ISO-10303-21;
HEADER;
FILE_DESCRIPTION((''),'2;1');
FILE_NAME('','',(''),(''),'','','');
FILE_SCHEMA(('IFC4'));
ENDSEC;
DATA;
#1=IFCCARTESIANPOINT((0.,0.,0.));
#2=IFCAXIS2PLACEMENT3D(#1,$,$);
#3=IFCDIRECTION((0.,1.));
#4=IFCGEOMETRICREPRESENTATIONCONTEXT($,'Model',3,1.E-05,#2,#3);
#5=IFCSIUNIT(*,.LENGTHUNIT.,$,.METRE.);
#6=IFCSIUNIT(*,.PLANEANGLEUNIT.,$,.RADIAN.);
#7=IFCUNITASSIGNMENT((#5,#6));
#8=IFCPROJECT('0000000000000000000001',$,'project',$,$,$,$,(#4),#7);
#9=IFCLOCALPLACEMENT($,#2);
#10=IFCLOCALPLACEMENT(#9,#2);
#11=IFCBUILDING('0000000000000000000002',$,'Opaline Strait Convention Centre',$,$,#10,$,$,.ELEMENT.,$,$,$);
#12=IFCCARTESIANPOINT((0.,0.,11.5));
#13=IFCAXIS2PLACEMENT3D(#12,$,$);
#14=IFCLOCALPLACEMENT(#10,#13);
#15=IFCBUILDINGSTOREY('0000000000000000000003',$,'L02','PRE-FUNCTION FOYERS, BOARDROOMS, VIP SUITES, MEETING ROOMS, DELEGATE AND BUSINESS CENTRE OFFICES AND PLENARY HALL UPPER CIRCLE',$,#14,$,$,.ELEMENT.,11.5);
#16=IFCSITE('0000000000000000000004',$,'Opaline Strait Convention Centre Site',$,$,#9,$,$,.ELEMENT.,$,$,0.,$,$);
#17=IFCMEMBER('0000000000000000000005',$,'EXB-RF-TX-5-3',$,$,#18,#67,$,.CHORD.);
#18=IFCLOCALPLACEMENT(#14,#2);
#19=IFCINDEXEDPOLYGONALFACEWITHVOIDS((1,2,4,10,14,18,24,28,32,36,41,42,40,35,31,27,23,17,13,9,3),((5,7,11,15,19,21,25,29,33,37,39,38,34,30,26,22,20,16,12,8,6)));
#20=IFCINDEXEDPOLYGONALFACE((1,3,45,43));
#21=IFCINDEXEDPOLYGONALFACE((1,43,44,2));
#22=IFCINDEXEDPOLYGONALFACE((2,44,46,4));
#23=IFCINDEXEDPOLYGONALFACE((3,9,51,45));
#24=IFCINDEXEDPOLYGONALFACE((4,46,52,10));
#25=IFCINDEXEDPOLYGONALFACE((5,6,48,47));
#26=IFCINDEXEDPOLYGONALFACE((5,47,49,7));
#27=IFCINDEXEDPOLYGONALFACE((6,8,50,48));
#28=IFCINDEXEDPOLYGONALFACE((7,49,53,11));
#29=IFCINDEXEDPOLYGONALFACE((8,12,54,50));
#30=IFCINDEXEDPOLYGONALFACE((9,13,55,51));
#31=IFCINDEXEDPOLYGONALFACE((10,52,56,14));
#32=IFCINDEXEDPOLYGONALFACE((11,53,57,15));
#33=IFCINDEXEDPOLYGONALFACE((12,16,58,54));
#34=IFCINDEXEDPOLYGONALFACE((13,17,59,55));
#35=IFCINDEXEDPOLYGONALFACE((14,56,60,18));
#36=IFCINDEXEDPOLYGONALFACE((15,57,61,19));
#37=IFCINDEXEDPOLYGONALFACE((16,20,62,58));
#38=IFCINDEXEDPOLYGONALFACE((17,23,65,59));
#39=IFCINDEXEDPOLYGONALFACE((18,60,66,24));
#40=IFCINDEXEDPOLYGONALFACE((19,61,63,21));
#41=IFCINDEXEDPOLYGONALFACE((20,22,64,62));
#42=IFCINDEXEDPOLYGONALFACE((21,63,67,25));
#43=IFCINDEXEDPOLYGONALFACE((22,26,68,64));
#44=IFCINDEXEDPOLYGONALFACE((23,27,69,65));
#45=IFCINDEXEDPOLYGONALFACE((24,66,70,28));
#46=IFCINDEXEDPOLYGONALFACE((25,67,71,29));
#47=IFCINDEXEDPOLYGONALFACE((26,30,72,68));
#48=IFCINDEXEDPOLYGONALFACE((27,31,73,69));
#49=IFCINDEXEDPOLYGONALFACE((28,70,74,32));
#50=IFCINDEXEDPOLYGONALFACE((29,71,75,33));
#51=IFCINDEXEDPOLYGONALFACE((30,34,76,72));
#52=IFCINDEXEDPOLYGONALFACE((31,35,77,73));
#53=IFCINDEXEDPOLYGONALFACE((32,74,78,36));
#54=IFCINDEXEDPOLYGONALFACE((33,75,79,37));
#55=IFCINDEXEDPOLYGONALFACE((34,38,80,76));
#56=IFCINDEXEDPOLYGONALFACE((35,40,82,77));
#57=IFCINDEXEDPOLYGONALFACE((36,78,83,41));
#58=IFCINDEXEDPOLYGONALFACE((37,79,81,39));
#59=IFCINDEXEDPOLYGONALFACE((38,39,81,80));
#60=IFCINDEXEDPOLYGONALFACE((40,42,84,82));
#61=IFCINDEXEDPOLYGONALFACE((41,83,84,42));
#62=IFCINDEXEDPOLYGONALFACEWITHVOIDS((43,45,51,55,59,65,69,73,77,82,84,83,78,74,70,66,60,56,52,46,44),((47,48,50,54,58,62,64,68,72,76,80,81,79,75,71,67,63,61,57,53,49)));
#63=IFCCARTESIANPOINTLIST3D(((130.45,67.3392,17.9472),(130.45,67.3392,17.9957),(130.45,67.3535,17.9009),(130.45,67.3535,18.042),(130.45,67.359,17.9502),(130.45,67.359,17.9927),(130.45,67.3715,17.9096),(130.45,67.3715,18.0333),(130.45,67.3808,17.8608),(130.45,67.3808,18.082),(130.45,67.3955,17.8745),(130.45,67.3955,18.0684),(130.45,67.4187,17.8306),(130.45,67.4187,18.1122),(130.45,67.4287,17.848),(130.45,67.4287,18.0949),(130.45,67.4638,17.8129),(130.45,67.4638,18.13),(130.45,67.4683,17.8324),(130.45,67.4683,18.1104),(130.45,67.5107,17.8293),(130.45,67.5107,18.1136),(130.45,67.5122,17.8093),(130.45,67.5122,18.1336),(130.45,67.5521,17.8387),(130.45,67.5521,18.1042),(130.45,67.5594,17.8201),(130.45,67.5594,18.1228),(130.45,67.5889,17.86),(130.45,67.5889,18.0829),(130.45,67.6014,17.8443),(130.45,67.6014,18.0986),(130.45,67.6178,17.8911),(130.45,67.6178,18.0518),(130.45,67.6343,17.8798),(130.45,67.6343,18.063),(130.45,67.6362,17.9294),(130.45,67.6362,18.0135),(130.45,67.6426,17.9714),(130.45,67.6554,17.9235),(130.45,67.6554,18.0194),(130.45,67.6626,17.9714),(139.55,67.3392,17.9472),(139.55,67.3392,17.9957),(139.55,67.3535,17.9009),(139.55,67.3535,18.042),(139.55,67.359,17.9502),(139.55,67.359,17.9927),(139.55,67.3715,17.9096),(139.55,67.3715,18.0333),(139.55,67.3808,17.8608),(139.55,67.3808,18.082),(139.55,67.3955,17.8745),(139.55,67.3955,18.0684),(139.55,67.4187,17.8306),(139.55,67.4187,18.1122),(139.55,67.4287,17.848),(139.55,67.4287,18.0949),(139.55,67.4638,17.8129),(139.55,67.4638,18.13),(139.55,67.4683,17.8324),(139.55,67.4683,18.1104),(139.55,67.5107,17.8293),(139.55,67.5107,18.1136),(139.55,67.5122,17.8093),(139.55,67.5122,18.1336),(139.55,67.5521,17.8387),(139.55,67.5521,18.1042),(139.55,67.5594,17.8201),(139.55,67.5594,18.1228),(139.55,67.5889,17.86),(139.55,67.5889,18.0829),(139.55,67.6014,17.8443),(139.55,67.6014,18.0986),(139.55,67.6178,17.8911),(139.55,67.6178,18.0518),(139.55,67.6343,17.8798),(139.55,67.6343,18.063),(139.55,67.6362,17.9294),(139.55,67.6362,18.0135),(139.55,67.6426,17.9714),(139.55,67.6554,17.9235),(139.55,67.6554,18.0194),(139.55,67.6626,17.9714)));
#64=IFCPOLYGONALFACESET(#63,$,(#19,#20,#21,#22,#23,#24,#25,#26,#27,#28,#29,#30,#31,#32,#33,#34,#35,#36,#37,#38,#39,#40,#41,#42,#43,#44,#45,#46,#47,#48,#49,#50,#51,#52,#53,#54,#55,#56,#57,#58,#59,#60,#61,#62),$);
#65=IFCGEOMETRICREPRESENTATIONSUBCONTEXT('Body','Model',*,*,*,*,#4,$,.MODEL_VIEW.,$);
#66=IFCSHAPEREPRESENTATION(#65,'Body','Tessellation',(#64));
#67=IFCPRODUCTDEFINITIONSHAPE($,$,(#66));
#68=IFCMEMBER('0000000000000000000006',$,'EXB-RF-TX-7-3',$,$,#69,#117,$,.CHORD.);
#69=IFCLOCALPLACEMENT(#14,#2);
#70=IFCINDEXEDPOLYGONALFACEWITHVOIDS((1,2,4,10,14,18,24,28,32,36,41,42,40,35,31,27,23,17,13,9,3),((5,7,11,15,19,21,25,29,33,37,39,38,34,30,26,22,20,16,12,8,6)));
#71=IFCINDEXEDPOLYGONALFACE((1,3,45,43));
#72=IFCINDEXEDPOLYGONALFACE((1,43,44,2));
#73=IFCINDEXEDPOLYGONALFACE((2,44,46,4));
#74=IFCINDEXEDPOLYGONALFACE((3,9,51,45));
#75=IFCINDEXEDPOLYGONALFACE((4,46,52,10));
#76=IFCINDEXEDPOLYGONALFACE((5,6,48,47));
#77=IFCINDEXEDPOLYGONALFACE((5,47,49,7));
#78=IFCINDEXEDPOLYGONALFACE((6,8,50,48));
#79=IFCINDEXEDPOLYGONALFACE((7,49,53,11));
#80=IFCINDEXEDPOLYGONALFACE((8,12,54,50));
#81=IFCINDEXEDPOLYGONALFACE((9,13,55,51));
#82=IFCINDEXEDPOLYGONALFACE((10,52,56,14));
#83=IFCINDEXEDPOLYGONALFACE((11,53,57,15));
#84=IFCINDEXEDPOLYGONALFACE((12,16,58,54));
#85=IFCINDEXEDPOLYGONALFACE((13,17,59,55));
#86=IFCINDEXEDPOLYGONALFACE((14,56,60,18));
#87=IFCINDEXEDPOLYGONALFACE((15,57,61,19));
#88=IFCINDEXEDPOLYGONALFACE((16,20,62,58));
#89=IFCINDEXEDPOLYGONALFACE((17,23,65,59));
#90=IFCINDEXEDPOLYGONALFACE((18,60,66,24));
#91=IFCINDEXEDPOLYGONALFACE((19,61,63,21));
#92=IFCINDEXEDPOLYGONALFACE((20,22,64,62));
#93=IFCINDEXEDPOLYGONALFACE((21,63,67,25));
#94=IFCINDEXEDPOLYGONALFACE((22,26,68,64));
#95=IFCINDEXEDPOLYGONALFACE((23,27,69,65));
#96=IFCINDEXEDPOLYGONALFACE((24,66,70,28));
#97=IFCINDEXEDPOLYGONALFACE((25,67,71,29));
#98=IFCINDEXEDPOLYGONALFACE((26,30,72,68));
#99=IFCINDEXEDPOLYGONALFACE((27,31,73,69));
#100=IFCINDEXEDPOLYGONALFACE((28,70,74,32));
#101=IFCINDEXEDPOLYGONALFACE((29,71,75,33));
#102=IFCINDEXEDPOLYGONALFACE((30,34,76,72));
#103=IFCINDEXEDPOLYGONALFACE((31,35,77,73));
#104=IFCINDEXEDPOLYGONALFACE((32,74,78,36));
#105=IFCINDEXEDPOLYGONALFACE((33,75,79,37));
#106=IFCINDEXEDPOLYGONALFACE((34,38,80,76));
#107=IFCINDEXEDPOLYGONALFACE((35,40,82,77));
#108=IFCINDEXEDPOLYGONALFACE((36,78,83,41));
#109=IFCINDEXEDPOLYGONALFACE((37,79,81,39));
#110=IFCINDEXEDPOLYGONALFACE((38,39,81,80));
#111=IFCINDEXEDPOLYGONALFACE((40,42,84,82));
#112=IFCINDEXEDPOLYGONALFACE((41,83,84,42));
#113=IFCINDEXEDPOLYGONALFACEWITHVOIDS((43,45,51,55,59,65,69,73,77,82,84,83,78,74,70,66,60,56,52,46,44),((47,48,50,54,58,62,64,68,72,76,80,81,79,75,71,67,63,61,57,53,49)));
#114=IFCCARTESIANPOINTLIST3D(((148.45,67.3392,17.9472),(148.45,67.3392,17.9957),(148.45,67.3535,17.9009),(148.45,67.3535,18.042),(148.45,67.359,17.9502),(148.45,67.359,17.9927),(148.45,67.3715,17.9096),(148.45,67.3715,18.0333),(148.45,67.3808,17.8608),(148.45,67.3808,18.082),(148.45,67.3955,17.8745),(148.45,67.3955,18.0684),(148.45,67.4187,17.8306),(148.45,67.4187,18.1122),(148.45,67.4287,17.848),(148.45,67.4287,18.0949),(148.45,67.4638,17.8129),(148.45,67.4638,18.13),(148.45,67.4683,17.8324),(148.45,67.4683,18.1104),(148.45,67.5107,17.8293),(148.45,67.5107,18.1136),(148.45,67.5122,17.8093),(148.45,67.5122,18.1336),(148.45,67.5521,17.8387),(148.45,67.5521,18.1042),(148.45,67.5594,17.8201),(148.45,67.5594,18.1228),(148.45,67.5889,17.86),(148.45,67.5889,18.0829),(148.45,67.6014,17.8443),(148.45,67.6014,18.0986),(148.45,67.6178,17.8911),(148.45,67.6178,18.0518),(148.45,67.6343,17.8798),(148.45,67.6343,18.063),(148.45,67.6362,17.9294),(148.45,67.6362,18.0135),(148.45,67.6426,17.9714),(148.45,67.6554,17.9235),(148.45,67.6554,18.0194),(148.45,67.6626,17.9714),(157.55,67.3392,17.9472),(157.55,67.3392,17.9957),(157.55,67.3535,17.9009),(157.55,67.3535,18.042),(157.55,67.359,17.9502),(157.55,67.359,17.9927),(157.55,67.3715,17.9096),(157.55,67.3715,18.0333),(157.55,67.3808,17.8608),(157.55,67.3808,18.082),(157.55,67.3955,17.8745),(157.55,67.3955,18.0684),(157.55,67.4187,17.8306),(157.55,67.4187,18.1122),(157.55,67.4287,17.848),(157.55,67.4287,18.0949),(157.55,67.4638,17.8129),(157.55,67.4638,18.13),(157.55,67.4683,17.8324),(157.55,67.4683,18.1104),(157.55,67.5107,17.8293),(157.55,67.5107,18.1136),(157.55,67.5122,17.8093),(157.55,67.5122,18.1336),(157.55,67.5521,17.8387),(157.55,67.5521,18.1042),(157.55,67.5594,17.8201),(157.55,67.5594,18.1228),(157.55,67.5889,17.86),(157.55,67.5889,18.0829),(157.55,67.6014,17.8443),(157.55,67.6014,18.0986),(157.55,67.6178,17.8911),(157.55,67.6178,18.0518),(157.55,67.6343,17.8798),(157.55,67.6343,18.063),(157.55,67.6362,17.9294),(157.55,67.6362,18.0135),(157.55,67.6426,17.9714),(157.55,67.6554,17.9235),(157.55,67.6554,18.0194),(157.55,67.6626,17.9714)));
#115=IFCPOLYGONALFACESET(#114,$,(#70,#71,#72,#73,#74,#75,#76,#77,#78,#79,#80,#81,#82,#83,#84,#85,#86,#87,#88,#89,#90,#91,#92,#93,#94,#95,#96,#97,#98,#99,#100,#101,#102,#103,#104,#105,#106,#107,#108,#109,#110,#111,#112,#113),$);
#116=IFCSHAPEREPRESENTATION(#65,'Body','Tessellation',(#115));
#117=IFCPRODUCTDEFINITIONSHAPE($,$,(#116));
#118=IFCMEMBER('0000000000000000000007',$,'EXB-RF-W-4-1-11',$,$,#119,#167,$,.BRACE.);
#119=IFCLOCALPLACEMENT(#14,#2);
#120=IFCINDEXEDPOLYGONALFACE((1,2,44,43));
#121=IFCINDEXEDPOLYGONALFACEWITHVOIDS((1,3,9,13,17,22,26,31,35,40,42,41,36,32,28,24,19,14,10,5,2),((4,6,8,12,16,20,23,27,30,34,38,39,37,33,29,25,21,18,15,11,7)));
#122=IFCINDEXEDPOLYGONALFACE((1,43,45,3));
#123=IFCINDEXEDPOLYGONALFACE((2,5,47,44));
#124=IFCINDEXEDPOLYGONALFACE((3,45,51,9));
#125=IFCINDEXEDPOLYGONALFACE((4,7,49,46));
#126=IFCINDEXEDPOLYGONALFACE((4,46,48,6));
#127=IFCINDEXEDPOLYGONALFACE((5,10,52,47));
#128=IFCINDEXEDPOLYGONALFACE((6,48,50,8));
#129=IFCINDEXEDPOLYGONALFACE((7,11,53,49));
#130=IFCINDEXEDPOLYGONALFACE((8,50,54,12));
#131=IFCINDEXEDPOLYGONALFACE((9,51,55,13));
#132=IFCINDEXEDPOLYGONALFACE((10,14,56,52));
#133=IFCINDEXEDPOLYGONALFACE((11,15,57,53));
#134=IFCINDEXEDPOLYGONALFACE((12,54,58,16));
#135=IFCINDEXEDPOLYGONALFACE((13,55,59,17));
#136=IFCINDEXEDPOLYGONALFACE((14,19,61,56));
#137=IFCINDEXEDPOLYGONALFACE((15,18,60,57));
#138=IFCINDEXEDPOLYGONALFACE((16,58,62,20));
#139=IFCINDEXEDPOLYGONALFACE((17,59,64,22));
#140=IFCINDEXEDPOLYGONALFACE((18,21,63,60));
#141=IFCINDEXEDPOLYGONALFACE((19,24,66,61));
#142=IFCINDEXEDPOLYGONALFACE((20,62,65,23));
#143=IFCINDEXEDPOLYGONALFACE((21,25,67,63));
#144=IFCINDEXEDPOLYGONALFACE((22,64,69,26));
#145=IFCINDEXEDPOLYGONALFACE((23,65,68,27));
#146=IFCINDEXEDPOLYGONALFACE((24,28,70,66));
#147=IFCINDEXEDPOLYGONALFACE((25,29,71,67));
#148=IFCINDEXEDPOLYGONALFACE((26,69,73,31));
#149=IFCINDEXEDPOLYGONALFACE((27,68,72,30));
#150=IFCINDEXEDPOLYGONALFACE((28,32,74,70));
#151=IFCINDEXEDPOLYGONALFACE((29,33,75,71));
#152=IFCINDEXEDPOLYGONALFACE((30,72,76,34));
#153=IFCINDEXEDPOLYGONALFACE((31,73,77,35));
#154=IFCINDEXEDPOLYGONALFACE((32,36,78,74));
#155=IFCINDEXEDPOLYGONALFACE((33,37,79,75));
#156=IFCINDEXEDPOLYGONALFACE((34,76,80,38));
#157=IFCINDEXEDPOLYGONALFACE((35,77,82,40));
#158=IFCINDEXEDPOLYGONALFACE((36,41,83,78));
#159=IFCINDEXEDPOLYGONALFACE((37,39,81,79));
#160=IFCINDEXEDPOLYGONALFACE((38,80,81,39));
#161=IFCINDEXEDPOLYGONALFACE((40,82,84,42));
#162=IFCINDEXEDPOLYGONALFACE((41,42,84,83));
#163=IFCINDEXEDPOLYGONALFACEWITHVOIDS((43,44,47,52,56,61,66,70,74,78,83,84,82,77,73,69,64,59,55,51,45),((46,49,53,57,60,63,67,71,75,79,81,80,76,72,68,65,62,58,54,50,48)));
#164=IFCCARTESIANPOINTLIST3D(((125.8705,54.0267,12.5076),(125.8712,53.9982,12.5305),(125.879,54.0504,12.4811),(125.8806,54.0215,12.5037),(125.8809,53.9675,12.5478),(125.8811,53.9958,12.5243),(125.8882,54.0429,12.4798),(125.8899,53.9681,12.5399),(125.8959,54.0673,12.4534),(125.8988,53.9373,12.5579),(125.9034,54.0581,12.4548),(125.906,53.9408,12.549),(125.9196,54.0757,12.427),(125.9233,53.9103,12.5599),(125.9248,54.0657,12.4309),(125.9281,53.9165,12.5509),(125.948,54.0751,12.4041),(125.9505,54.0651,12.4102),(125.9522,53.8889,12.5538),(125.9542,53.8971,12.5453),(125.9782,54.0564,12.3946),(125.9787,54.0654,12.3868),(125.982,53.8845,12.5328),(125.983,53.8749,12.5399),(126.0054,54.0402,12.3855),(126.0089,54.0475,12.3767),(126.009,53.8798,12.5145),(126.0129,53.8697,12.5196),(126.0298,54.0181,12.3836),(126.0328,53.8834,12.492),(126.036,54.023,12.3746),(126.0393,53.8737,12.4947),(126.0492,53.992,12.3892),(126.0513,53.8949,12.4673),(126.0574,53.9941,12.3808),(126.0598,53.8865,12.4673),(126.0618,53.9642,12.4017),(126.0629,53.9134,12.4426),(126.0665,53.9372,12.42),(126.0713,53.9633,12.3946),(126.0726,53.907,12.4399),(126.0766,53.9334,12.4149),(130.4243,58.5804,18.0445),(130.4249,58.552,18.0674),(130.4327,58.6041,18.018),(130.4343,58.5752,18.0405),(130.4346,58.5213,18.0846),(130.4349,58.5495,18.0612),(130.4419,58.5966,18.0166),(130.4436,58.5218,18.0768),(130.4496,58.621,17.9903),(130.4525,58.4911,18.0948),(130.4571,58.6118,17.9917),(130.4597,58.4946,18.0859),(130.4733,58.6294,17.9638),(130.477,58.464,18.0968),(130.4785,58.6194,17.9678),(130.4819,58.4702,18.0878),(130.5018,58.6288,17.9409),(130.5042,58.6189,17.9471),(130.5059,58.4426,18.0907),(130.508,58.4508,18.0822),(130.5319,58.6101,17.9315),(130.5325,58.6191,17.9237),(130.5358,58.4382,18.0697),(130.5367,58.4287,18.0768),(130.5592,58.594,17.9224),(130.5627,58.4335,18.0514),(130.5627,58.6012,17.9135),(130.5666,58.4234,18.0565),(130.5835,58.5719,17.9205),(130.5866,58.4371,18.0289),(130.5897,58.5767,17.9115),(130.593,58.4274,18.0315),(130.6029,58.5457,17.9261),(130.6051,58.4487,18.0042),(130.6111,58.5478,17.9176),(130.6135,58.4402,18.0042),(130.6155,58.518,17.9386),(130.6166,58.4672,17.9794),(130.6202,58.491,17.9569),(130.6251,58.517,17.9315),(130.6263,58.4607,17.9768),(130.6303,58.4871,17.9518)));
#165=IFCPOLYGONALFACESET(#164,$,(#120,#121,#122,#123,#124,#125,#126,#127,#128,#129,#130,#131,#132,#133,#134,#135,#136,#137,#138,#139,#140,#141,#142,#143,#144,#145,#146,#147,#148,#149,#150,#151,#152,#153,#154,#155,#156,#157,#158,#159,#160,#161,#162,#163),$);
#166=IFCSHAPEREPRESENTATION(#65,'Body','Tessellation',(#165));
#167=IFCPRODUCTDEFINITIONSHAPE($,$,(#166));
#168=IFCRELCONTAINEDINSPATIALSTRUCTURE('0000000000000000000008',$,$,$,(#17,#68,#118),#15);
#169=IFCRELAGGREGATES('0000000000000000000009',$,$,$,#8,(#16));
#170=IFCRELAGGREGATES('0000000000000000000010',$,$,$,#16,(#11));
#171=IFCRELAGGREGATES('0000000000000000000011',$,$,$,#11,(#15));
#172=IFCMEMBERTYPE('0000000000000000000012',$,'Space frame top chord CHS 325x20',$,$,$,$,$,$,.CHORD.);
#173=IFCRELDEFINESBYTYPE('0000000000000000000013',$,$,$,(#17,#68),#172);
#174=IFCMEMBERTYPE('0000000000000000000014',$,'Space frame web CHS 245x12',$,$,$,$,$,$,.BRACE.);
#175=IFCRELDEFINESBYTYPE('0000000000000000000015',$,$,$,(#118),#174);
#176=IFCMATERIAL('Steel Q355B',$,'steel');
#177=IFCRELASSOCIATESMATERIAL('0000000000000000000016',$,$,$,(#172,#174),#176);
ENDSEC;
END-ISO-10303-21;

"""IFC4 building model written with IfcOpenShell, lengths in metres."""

from ifc_helpers import new_model, si_unit, direction, frame, origin, origin_2d, place, context, subcontext, project, spatial, hollow_circle, extrude, material, material_profile, profile_set, type_object, element, save


model = new_model("IFC4")

# Units and contexts
model_context = context("Model", 3, precision=1e-05, world=origin(), true_north=direction((0.0, 1.0)))
body_context = subcontext(model_context, "Body", "Model", "MODEL_VIEW")
ifc_project = project(units=[si_unit("LENGTHUNIT", "METRE"), si_unit("PLANEANGLEUNIT", "RADIAN")], contexts=[model_context])

# Site, building, storey
site_placement = place(None, origin())
site = spatial("IfcSite", under=ifc_project, at=site_placement, Name="Opaline Strait Convention Centre Site", CompositionType="ELEMENT", RefElevation=0.0)
building_placement = place(site_placement, origin())
building = spatial("IfcBuilding", under=site, at=building_placement, Name="Opaline Strait Convention Centre", CompositionType="ELEMENT")
storey_placement = place(building_placement, frame((0.0, 0.0, 11.5)))
storey = spatial("IfcBuildingStorey", under=building, at=storey_placement, Name="L02", Description="PRE-FUNCTION FOYERS, BOARDROOMS, VIP SUITES, MEETING ROOMS, DELEGATE AND BUSINESS CENTRE OFFICES AND PLENARY HALL UPPER CIRCLE", CompositionType="ELEMENT", Elevation=11.5)

# Members
ifc_material_1 = material(Name="Steel Q355B", Category="steel")
ifc_material_profile_1 = material_profile(ifc_material_1, hollow_circle(Radius=0.1626, WallThickness=0.02, at=origin_2d()), Name="CHS 325x20")
ifc_profile_set_1 = profile_set([ifc_material_profile_1], Name="Steel Q355B")
member_type_1 = type_object("IfcMemberType", Name="Space frame top chord CHS 325x20", PredefinedType="CHORD", material=ifc_profile_set_1)
for number, where, z_axis, x_axis, name in (
    (1, (130.45, 67.5, 17.9714), (1.0, 0.0, 0.0), (0.0, 1.0, 0.0), "EXB-RF-TX-5-3"),
    (2, (148.45, 67.5, 17.9714), (1.0, 0.0, 0.0), (0.0, 1.0, 0.0), "EXB-RF-TX-7-3"),
):
    element("IfcMember", number, at=place(storey_placement, frame(where, z_axis=z_axis, x_axis=x_axis)), inside=storey, type_object=member_type_1, Name=name, PredefinedType="CHORD", context=body_context, shape_type="SweptSolid", body=[
        extrude(hollow_circle(Radius=0.1626, WallThickness=0.02, at=origin_2d()), origin(), (0.0, 0.0, 1.0), 9.1001),
    ])
ifc_material_profile_2 = material_profile(ifc_material_1, hollow_circle(Radius=0.1226, WallThickness=0.012, at=origin_2d()), Name="CHS 245x12")
ifc_profile_set_2 = profile_set([ifc_material_profile_2], Name="Steel Q355B")
member_type_2 = type_object("IfcMemberType", Name="Space frame web CHS 245x12", PredefinedType="BRACE", material=ifc_profile_set_2)
for number, where, z_axis, x_axis, name in (
    (3, (130.5269, 58.5269, 18.0042), (-0.536178, -0.536178, -0.65194), (0.707107, -0.707107, 0.0), "EXB-RF-W-4-1-11"),
):
    element("IfcMember", number, at=place(storey_placement, frame(where, z_axis=z_axis, x_axis=x_axis)), inside=storey, type_object=member_type_2, Name=name, PredefinedType="BRACE", context=body_context, shape_type="SweptSolid", body=[
        extrude(hollow_circle(Radius=0.1226, WallThickness=0.012, at=origin_2d()), origin(), (0.0, 0.0, 1.0), 8.4929),
    ])

save(model, "model.ifc")
